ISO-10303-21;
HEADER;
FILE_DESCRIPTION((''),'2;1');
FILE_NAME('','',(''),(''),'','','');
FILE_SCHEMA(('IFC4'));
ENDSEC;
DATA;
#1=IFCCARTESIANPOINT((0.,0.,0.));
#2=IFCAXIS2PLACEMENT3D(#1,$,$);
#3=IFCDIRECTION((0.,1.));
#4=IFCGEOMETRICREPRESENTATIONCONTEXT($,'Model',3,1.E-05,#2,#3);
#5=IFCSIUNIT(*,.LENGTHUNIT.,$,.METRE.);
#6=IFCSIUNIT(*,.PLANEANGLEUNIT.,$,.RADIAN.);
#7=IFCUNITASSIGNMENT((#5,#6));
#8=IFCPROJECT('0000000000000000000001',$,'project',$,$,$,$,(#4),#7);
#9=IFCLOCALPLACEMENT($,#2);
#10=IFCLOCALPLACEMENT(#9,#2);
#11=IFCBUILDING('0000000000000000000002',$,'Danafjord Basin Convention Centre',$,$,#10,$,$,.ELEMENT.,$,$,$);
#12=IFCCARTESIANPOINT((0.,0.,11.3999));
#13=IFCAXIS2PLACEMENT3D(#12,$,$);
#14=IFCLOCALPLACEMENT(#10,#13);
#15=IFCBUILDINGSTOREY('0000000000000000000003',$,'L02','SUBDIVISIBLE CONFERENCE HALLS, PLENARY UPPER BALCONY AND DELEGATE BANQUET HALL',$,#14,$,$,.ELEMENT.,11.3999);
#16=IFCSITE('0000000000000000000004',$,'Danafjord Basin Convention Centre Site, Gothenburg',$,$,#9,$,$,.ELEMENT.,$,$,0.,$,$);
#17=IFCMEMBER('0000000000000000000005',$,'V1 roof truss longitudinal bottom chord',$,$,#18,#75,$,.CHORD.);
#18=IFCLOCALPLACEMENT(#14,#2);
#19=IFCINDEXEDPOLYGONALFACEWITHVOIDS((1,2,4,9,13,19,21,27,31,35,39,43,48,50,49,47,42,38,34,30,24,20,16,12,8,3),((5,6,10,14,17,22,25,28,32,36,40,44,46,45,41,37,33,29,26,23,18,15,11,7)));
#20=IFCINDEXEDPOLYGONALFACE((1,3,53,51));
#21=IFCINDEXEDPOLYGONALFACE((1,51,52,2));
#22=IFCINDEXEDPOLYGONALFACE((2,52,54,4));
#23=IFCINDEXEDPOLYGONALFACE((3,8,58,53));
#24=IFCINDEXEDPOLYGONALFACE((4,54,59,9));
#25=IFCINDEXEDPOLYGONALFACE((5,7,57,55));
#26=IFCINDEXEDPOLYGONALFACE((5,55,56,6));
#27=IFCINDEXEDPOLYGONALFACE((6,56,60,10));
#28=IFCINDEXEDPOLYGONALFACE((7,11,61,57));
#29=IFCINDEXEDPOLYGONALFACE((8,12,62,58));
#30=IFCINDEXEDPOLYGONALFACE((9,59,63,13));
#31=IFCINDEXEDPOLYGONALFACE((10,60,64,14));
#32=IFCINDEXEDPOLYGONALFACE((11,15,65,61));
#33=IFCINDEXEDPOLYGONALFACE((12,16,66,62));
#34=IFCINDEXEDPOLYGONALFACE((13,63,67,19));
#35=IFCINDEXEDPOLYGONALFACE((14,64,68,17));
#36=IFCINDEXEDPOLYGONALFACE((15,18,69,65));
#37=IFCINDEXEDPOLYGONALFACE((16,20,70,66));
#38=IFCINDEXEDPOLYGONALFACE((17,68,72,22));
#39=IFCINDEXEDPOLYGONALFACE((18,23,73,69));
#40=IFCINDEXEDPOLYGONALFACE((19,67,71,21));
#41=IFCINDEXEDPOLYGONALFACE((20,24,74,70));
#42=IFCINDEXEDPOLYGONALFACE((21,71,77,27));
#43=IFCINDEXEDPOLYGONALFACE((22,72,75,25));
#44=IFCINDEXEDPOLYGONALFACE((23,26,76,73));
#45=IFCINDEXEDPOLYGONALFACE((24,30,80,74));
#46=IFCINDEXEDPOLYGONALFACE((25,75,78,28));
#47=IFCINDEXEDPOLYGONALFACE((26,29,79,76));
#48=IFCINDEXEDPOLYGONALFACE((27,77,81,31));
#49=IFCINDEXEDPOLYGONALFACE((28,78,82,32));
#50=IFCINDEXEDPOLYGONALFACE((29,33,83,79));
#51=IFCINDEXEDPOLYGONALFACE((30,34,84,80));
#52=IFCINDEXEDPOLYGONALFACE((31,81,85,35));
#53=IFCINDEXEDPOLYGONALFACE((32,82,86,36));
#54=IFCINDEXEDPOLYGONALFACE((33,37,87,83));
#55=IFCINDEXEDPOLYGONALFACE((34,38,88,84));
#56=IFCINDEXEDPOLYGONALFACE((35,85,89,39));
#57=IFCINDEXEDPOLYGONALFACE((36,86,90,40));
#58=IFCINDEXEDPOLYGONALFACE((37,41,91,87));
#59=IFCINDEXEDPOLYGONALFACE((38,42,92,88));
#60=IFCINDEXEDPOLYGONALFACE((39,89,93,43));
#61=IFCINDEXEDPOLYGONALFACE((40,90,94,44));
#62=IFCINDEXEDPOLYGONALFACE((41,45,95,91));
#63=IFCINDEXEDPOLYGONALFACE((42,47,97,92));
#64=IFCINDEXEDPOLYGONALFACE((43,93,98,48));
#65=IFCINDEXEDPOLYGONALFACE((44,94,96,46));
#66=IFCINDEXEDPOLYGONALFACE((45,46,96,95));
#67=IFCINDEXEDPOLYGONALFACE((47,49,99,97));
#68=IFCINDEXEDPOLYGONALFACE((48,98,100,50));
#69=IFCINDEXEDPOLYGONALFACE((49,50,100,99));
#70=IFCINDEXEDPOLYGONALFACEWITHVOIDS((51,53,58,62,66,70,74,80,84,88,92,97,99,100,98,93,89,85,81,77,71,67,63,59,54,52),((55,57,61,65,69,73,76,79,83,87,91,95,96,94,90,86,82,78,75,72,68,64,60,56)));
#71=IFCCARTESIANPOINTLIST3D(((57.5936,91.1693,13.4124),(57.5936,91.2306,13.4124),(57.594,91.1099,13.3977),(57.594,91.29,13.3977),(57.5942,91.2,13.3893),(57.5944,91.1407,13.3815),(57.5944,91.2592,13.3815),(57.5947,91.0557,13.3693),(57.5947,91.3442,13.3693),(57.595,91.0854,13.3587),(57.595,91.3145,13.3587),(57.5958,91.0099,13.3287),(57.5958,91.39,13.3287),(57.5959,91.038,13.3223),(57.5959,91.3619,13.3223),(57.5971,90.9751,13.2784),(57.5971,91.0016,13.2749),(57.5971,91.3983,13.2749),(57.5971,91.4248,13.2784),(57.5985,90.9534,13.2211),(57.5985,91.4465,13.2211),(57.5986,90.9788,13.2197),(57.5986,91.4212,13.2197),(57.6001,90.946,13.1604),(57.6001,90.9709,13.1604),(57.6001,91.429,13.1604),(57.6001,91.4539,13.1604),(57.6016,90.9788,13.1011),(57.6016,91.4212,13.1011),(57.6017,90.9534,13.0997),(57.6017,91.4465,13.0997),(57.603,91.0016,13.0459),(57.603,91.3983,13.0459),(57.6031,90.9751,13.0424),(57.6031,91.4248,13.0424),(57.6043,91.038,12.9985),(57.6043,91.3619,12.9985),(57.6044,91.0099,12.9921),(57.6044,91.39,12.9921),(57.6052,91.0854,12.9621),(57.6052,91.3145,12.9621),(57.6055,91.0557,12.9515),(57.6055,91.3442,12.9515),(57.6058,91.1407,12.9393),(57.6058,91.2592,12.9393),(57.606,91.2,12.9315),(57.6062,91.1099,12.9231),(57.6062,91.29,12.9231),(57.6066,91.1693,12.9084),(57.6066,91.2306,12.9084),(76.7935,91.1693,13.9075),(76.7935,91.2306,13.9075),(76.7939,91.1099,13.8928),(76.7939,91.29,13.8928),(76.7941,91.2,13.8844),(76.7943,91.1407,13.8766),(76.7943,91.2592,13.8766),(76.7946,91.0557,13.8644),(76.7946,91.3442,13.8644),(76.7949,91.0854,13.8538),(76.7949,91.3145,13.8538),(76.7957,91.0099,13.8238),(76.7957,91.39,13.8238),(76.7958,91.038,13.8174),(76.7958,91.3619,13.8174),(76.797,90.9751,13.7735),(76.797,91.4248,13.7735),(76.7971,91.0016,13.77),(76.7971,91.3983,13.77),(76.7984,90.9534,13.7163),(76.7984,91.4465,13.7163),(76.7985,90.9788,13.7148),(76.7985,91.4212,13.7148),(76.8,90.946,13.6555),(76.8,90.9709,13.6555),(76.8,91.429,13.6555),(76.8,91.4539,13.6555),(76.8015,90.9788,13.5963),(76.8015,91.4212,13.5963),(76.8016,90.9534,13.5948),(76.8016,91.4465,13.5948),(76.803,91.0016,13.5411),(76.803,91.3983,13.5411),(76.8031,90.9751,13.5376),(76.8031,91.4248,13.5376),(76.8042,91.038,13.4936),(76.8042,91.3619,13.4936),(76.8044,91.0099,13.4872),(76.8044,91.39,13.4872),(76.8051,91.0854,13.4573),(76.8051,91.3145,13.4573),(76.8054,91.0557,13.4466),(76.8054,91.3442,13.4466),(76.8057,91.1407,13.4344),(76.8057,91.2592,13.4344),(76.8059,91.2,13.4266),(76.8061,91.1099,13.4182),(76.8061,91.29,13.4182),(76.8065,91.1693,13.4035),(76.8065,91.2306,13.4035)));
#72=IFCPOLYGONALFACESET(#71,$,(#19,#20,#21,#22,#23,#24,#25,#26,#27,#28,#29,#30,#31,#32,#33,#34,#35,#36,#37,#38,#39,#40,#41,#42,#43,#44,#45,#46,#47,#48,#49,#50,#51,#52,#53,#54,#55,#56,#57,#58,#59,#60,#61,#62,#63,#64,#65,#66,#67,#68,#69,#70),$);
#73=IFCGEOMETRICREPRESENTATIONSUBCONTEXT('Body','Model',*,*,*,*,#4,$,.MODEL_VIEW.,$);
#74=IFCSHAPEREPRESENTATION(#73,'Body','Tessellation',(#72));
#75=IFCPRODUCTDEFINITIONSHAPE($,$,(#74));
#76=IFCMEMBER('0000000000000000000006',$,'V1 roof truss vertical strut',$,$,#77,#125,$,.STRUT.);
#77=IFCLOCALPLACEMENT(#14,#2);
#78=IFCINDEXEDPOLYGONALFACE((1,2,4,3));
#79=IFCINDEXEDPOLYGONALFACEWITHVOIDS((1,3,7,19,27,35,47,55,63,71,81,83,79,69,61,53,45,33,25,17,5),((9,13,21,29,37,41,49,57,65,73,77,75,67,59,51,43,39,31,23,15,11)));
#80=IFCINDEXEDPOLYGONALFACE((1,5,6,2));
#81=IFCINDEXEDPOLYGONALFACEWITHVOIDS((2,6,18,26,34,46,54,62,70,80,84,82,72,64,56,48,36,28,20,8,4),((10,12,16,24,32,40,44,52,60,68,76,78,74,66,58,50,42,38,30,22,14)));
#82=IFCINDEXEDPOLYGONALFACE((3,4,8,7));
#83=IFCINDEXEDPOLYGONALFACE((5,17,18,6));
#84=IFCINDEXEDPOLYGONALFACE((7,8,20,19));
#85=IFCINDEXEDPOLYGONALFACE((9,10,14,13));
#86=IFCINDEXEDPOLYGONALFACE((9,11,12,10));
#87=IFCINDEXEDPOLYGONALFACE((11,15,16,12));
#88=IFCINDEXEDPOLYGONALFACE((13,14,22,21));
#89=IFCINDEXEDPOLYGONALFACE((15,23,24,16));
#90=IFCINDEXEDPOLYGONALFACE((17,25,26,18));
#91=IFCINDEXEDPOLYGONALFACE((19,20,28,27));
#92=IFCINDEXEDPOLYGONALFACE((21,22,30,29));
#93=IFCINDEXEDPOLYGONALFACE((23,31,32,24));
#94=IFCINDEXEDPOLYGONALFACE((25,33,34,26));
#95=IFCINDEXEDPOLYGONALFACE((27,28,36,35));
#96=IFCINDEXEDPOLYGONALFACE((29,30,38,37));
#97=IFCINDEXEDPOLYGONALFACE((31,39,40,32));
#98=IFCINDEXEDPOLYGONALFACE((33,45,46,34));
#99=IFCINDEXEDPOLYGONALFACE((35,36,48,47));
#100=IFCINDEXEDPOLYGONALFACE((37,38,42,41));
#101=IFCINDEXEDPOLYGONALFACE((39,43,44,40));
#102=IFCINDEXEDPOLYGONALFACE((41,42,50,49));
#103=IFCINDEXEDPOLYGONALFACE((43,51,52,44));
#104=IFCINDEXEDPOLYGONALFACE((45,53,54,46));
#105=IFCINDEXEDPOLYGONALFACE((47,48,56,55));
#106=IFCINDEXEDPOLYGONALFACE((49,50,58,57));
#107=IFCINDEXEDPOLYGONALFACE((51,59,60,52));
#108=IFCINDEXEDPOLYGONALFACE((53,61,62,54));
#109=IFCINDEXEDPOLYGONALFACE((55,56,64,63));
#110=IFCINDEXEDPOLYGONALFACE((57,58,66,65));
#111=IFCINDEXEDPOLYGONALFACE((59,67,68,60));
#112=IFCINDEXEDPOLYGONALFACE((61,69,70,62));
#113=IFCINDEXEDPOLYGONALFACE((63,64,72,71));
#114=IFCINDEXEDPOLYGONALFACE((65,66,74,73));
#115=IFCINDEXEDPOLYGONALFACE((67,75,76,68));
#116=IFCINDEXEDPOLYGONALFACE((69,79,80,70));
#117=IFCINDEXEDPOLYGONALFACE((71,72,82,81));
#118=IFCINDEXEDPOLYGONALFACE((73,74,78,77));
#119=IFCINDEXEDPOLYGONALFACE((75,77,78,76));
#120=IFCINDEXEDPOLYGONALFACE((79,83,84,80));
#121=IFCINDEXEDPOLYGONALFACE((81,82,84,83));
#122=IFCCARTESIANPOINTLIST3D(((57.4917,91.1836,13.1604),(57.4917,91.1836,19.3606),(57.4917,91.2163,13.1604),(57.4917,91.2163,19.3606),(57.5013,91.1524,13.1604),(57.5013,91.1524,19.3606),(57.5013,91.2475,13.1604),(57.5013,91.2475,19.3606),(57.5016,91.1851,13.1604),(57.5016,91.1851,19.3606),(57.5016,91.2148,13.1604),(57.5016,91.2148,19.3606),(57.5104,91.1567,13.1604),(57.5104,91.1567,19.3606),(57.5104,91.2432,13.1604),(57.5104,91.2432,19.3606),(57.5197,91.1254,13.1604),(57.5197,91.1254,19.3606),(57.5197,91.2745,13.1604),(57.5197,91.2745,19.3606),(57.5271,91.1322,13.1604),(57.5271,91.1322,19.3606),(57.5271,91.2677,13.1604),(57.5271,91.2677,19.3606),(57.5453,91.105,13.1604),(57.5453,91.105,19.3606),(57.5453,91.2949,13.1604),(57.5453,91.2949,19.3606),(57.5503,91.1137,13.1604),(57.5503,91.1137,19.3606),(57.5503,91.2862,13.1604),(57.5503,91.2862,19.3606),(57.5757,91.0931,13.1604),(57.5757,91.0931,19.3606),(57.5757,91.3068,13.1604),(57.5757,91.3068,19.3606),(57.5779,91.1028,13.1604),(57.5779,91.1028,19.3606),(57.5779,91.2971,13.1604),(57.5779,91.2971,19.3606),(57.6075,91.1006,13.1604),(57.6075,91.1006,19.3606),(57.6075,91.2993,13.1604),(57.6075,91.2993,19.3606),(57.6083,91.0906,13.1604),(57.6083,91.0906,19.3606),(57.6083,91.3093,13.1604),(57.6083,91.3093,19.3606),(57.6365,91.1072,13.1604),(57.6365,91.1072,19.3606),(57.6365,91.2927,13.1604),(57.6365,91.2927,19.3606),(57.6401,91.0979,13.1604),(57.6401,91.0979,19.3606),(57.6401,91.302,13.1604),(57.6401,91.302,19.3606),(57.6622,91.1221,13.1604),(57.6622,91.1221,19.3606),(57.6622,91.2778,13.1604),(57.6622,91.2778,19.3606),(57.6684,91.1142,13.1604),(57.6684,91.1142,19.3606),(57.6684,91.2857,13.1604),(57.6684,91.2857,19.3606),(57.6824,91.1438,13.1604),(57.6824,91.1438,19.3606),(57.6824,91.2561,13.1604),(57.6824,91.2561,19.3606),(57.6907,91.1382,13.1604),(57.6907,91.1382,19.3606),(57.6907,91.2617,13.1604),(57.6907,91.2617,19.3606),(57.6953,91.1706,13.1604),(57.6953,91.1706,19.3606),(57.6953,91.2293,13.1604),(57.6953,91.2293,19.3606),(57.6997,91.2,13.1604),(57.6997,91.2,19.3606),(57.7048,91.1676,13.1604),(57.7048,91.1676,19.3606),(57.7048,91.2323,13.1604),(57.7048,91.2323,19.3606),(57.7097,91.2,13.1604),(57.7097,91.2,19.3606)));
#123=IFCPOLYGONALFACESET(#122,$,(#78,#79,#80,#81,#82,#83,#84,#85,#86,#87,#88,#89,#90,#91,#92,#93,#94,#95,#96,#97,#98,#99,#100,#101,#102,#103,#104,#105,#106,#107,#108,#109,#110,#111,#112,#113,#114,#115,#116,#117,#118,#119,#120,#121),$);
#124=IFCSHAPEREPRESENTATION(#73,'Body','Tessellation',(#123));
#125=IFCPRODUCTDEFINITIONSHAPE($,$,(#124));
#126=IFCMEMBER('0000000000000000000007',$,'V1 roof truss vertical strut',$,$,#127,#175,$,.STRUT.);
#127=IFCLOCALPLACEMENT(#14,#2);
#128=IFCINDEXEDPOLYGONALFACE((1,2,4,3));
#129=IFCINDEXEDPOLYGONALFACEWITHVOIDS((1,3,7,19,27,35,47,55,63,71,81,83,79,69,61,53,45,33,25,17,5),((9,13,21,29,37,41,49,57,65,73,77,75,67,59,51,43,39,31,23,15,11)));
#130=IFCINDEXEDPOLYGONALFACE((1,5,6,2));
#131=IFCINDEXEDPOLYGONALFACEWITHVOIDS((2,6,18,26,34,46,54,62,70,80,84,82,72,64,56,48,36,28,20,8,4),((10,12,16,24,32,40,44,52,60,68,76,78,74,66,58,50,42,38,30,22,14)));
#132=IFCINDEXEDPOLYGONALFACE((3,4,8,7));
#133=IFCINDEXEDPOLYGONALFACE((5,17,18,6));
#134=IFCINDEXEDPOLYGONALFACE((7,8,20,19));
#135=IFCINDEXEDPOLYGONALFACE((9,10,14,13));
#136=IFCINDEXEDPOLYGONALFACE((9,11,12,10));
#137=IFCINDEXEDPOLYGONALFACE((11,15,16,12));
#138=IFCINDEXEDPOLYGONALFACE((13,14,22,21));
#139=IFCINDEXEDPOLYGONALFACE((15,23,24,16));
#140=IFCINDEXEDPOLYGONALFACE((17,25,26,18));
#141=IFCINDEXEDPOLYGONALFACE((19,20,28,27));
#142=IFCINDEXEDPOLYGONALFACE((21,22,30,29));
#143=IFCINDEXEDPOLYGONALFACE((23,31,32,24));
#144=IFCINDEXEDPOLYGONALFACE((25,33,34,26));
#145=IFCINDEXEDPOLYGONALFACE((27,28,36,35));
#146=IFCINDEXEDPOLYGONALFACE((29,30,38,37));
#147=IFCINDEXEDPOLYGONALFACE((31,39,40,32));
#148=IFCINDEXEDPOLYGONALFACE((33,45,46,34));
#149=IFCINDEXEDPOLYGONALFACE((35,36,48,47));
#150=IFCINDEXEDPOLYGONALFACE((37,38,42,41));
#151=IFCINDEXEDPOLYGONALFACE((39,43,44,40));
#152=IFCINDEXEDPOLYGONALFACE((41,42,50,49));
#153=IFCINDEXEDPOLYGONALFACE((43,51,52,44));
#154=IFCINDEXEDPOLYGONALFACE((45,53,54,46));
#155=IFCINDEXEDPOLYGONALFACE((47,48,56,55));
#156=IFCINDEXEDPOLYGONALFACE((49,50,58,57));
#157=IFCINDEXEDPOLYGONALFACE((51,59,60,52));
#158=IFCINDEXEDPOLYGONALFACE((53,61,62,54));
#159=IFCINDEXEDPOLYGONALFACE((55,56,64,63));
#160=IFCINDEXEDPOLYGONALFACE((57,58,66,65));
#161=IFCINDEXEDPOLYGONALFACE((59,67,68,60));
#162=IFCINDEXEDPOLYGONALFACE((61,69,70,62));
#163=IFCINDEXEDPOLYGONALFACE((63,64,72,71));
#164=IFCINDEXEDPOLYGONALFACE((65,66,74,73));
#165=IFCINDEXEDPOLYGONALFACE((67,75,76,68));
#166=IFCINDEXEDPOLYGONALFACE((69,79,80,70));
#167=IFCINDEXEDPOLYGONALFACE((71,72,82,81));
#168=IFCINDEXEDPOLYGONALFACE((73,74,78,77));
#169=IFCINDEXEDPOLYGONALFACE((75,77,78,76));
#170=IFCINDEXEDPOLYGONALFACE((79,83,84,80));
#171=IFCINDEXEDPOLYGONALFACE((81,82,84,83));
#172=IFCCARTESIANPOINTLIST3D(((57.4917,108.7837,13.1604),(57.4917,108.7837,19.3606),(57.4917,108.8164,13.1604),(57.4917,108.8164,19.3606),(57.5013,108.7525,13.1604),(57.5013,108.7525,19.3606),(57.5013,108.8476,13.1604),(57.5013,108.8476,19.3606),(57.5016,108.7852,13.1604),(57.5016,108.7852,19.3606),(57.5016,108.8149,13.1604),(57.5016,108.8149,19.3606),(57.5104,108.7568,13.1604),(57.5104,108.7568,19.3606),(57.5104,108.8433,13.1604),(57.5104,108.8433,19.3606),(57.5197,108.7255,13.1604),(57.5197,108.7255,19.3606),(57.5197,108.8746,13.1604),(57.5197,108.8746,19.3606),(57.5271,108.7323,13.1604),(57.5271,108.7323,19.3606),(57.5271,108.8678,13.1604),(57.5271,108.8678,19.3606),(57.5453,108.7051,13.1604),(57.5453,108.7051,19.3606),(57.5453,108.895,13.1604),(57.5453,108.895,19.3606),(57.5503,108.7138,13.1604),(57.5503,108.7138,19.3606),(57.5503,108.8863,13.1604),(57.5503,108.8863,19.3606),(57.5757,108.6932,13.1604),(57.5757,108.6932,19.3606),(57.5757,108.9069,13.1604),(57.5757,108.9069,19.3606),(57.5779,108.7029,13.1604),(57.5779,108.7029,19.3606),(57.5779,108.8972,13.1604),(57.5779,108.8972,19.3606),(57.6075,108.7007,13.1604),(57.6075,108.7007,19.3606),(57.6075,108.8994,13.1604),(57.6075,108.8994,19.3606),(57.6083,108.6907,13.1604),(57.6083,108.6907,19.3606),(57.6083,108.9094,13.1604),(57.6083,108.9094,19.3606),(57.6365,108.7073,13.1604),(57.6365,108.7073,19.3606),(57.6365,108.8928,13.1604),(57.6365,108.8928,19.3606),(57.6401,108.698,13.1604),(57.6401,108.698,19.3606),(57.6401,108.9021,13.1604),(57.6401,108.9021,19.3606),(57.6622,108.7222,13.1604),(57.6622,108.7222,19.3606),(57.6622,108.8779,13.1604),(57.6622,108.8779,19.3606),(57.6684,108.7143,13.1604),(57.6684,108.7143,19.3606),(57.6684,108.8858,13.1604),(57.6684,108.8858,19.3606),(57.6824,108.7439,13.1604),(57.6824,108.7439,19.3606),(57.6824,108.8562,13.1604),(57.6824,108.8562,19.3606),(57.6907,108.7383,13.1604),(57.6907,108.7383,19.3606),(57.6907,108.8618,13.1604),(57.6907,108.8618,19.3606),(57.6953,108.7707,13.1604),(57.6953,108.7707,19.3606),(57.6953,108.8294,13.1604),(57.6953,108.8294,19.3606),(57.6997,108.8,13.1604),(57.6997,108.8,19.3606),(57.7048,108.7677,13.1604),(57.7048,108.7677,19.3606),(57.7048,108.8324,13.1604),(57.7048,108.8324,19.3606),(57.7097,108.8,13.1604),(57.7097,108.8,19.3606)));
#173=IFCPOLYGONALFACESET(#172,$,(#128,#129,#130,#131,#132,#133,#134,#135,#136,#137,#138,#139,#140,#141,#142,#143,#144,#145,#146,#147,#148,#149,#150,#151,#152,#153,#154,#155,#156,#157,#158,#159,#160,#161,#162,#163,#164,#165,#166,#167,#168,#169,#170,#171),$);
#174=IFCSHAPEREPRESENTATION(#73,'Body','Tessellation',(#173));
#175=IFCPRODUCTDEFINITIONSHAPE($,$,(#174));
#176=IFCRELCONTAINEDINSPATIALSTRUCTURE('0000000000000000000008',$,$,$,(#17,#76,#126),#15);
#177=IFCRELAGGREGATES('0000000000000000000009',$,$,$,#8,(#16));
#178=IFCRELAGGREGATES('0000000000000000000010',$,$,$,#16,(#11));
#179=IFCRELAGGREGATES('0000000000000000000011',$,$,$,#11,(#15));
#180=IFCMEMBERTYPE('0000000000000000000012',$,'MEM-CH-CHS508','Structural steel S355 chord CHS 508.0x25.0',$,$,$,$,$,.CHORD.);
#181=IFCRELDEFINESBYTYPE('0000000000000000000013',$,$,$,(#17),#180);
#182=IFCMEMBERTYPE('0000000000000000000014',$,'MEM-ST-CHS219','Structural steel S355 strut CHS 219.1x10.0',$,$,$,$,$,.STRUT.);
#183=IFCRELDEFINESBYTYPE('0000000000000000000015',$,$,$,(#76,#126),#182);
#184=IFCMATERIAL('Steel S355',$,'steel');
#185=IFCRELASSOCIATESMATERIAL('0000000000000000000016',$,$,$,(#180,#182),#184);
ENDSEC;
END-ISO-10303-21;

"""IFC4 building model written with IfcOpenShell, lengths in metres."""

from ifc_helpers import new_model, si_unit, direction, frame, origin, origin_2d, place, context, subcontext, project, spatial, hollow_circle, extrude, material, material_profile, profile_set, type_object, element, save


model = new_model("IFC4")

# Units and contexts
model_context = context("Model", 3, precision=1e-05, world=origin(), true_north=direction((0.0, 1.0)))
body_context = subcontext(model_context, "Body", "Model", "MODEL_VIEW")
ifc_project = project(units=[si_unit("LENGTHUNIT", "METRE"), si_unit("PLANEANGLEUNIT", "RADIAN")], contexts=[model_context])

# Site, building, storey
site_placement = place(None, origin())
site = spatial("IfcSite", under=ifc_project, at=site_placement, Name="Danafjord Basin Convention Centre Site, Gothenburg", CompositionType="ELEMENT", RefElevation=0.0)
building_placement = place(site_placement, origin())
building = spatial("IfcBuilding", under=site, at=building_placement, Name="Danafjord Basin Convention Centre", CompositionType="ELEMENT")
storey_placement = place(building_placement, frame((0.0, 0.0, 11.3999)))
storey = spatial("IfcBuildingStorey", under=building, at=storey_placement, Name="L02", Description="SUBDIVISIBLE CONFERENCE HALLS, PLENARY UPPER BALCONY AND DELEGATE BANQUET HALL", CompositionType="ELEMENT", Elevation=11.3999)

# Members
ifc_material = material(Name="Steel S355", Category="steel")
ifc_material_profile_1 = material_profile(ifc_material, hollow_circle(Radius=0.2539, WallThickness=0.0249, at=origin_2d()), Name="CHS 508.0x25.0")
ifc_profile_set_1 = profile_set([ifc_material_profile_1], Name="Steel S355")
member_type_1 = type_object("IfcMemberType", Name="MEM-CH-CHS508", Description="Structural steel S355 chord CHS 508.0x25.0", PredefinedType="CHORD", material=ifc_profile_set_1)
member_1_placement = place(storey_placement, frame((57.6001, 91.2, 13.1604), z_axis=(0.999668, 0.0, 0.025779), x_axis=(0.0, 1.0, 0.0)))
element("IfcMember", 1, at=member_1_placement, inside=storey, type_object=member_type_1, Name="V1 roof truss longitudinal bottom chord", PredefinedType="CHORD", context=body_context, shape_type="SweptSolid", body=[
    extrude(hollow_circle(Radius=0.2539, WallThickness=0.0249, at=origin_2d()), origin(), (0.0, 0.0, 1.0), 19.2063),
])
ifc_material_profile_2 = material_profile(ifc_material, hollow_circle(Radius=0.1096, WallThickness=0.01, at=origin_2d()), Name="CHS 219.1x10.0")
ifc_profile_set_2 = profile_set([ifc_material_profile_2], Name="Steel S355")
member_type_2 = type_object("IfcMemberType", Name="MEM-ST-CHS219", Description="Structural steel S355 strut CHS 219.1x10.0", PredefinedType="STRUT", material=ifc_profile_set_2)
for number, where, z_axis, x_axis, name in (
    (2, (57.6001, 91.2, 13.1604), (0.0, 0.0, 1.0), (1.0, 0.0, 0.0), "V1 roof truss vertical strut"),
    (3, (57.6001, 108.8, 13.1604), (0.0, 0.0, 1.0), (1.0, 0.0, 0.0), "V1 roof truss vertical strut"),
):
    element("IfcMember", number, at=place(storey_placement, frame(where, z_axis=z_axis, x_axis=x_axis)), inside=storey, type_object=member_type_2, Name=name, PredefinedType="STRUT", context=body_context, shape_type="SweptSolid", body=[
        extrude(hollow_circle(Radius=0.1096, WallThickness=0.01, at=origin_2d()), origin(), (0.0, 0.0, 1.0), 6.2002),
    ])

save(model, "model.ifc")
